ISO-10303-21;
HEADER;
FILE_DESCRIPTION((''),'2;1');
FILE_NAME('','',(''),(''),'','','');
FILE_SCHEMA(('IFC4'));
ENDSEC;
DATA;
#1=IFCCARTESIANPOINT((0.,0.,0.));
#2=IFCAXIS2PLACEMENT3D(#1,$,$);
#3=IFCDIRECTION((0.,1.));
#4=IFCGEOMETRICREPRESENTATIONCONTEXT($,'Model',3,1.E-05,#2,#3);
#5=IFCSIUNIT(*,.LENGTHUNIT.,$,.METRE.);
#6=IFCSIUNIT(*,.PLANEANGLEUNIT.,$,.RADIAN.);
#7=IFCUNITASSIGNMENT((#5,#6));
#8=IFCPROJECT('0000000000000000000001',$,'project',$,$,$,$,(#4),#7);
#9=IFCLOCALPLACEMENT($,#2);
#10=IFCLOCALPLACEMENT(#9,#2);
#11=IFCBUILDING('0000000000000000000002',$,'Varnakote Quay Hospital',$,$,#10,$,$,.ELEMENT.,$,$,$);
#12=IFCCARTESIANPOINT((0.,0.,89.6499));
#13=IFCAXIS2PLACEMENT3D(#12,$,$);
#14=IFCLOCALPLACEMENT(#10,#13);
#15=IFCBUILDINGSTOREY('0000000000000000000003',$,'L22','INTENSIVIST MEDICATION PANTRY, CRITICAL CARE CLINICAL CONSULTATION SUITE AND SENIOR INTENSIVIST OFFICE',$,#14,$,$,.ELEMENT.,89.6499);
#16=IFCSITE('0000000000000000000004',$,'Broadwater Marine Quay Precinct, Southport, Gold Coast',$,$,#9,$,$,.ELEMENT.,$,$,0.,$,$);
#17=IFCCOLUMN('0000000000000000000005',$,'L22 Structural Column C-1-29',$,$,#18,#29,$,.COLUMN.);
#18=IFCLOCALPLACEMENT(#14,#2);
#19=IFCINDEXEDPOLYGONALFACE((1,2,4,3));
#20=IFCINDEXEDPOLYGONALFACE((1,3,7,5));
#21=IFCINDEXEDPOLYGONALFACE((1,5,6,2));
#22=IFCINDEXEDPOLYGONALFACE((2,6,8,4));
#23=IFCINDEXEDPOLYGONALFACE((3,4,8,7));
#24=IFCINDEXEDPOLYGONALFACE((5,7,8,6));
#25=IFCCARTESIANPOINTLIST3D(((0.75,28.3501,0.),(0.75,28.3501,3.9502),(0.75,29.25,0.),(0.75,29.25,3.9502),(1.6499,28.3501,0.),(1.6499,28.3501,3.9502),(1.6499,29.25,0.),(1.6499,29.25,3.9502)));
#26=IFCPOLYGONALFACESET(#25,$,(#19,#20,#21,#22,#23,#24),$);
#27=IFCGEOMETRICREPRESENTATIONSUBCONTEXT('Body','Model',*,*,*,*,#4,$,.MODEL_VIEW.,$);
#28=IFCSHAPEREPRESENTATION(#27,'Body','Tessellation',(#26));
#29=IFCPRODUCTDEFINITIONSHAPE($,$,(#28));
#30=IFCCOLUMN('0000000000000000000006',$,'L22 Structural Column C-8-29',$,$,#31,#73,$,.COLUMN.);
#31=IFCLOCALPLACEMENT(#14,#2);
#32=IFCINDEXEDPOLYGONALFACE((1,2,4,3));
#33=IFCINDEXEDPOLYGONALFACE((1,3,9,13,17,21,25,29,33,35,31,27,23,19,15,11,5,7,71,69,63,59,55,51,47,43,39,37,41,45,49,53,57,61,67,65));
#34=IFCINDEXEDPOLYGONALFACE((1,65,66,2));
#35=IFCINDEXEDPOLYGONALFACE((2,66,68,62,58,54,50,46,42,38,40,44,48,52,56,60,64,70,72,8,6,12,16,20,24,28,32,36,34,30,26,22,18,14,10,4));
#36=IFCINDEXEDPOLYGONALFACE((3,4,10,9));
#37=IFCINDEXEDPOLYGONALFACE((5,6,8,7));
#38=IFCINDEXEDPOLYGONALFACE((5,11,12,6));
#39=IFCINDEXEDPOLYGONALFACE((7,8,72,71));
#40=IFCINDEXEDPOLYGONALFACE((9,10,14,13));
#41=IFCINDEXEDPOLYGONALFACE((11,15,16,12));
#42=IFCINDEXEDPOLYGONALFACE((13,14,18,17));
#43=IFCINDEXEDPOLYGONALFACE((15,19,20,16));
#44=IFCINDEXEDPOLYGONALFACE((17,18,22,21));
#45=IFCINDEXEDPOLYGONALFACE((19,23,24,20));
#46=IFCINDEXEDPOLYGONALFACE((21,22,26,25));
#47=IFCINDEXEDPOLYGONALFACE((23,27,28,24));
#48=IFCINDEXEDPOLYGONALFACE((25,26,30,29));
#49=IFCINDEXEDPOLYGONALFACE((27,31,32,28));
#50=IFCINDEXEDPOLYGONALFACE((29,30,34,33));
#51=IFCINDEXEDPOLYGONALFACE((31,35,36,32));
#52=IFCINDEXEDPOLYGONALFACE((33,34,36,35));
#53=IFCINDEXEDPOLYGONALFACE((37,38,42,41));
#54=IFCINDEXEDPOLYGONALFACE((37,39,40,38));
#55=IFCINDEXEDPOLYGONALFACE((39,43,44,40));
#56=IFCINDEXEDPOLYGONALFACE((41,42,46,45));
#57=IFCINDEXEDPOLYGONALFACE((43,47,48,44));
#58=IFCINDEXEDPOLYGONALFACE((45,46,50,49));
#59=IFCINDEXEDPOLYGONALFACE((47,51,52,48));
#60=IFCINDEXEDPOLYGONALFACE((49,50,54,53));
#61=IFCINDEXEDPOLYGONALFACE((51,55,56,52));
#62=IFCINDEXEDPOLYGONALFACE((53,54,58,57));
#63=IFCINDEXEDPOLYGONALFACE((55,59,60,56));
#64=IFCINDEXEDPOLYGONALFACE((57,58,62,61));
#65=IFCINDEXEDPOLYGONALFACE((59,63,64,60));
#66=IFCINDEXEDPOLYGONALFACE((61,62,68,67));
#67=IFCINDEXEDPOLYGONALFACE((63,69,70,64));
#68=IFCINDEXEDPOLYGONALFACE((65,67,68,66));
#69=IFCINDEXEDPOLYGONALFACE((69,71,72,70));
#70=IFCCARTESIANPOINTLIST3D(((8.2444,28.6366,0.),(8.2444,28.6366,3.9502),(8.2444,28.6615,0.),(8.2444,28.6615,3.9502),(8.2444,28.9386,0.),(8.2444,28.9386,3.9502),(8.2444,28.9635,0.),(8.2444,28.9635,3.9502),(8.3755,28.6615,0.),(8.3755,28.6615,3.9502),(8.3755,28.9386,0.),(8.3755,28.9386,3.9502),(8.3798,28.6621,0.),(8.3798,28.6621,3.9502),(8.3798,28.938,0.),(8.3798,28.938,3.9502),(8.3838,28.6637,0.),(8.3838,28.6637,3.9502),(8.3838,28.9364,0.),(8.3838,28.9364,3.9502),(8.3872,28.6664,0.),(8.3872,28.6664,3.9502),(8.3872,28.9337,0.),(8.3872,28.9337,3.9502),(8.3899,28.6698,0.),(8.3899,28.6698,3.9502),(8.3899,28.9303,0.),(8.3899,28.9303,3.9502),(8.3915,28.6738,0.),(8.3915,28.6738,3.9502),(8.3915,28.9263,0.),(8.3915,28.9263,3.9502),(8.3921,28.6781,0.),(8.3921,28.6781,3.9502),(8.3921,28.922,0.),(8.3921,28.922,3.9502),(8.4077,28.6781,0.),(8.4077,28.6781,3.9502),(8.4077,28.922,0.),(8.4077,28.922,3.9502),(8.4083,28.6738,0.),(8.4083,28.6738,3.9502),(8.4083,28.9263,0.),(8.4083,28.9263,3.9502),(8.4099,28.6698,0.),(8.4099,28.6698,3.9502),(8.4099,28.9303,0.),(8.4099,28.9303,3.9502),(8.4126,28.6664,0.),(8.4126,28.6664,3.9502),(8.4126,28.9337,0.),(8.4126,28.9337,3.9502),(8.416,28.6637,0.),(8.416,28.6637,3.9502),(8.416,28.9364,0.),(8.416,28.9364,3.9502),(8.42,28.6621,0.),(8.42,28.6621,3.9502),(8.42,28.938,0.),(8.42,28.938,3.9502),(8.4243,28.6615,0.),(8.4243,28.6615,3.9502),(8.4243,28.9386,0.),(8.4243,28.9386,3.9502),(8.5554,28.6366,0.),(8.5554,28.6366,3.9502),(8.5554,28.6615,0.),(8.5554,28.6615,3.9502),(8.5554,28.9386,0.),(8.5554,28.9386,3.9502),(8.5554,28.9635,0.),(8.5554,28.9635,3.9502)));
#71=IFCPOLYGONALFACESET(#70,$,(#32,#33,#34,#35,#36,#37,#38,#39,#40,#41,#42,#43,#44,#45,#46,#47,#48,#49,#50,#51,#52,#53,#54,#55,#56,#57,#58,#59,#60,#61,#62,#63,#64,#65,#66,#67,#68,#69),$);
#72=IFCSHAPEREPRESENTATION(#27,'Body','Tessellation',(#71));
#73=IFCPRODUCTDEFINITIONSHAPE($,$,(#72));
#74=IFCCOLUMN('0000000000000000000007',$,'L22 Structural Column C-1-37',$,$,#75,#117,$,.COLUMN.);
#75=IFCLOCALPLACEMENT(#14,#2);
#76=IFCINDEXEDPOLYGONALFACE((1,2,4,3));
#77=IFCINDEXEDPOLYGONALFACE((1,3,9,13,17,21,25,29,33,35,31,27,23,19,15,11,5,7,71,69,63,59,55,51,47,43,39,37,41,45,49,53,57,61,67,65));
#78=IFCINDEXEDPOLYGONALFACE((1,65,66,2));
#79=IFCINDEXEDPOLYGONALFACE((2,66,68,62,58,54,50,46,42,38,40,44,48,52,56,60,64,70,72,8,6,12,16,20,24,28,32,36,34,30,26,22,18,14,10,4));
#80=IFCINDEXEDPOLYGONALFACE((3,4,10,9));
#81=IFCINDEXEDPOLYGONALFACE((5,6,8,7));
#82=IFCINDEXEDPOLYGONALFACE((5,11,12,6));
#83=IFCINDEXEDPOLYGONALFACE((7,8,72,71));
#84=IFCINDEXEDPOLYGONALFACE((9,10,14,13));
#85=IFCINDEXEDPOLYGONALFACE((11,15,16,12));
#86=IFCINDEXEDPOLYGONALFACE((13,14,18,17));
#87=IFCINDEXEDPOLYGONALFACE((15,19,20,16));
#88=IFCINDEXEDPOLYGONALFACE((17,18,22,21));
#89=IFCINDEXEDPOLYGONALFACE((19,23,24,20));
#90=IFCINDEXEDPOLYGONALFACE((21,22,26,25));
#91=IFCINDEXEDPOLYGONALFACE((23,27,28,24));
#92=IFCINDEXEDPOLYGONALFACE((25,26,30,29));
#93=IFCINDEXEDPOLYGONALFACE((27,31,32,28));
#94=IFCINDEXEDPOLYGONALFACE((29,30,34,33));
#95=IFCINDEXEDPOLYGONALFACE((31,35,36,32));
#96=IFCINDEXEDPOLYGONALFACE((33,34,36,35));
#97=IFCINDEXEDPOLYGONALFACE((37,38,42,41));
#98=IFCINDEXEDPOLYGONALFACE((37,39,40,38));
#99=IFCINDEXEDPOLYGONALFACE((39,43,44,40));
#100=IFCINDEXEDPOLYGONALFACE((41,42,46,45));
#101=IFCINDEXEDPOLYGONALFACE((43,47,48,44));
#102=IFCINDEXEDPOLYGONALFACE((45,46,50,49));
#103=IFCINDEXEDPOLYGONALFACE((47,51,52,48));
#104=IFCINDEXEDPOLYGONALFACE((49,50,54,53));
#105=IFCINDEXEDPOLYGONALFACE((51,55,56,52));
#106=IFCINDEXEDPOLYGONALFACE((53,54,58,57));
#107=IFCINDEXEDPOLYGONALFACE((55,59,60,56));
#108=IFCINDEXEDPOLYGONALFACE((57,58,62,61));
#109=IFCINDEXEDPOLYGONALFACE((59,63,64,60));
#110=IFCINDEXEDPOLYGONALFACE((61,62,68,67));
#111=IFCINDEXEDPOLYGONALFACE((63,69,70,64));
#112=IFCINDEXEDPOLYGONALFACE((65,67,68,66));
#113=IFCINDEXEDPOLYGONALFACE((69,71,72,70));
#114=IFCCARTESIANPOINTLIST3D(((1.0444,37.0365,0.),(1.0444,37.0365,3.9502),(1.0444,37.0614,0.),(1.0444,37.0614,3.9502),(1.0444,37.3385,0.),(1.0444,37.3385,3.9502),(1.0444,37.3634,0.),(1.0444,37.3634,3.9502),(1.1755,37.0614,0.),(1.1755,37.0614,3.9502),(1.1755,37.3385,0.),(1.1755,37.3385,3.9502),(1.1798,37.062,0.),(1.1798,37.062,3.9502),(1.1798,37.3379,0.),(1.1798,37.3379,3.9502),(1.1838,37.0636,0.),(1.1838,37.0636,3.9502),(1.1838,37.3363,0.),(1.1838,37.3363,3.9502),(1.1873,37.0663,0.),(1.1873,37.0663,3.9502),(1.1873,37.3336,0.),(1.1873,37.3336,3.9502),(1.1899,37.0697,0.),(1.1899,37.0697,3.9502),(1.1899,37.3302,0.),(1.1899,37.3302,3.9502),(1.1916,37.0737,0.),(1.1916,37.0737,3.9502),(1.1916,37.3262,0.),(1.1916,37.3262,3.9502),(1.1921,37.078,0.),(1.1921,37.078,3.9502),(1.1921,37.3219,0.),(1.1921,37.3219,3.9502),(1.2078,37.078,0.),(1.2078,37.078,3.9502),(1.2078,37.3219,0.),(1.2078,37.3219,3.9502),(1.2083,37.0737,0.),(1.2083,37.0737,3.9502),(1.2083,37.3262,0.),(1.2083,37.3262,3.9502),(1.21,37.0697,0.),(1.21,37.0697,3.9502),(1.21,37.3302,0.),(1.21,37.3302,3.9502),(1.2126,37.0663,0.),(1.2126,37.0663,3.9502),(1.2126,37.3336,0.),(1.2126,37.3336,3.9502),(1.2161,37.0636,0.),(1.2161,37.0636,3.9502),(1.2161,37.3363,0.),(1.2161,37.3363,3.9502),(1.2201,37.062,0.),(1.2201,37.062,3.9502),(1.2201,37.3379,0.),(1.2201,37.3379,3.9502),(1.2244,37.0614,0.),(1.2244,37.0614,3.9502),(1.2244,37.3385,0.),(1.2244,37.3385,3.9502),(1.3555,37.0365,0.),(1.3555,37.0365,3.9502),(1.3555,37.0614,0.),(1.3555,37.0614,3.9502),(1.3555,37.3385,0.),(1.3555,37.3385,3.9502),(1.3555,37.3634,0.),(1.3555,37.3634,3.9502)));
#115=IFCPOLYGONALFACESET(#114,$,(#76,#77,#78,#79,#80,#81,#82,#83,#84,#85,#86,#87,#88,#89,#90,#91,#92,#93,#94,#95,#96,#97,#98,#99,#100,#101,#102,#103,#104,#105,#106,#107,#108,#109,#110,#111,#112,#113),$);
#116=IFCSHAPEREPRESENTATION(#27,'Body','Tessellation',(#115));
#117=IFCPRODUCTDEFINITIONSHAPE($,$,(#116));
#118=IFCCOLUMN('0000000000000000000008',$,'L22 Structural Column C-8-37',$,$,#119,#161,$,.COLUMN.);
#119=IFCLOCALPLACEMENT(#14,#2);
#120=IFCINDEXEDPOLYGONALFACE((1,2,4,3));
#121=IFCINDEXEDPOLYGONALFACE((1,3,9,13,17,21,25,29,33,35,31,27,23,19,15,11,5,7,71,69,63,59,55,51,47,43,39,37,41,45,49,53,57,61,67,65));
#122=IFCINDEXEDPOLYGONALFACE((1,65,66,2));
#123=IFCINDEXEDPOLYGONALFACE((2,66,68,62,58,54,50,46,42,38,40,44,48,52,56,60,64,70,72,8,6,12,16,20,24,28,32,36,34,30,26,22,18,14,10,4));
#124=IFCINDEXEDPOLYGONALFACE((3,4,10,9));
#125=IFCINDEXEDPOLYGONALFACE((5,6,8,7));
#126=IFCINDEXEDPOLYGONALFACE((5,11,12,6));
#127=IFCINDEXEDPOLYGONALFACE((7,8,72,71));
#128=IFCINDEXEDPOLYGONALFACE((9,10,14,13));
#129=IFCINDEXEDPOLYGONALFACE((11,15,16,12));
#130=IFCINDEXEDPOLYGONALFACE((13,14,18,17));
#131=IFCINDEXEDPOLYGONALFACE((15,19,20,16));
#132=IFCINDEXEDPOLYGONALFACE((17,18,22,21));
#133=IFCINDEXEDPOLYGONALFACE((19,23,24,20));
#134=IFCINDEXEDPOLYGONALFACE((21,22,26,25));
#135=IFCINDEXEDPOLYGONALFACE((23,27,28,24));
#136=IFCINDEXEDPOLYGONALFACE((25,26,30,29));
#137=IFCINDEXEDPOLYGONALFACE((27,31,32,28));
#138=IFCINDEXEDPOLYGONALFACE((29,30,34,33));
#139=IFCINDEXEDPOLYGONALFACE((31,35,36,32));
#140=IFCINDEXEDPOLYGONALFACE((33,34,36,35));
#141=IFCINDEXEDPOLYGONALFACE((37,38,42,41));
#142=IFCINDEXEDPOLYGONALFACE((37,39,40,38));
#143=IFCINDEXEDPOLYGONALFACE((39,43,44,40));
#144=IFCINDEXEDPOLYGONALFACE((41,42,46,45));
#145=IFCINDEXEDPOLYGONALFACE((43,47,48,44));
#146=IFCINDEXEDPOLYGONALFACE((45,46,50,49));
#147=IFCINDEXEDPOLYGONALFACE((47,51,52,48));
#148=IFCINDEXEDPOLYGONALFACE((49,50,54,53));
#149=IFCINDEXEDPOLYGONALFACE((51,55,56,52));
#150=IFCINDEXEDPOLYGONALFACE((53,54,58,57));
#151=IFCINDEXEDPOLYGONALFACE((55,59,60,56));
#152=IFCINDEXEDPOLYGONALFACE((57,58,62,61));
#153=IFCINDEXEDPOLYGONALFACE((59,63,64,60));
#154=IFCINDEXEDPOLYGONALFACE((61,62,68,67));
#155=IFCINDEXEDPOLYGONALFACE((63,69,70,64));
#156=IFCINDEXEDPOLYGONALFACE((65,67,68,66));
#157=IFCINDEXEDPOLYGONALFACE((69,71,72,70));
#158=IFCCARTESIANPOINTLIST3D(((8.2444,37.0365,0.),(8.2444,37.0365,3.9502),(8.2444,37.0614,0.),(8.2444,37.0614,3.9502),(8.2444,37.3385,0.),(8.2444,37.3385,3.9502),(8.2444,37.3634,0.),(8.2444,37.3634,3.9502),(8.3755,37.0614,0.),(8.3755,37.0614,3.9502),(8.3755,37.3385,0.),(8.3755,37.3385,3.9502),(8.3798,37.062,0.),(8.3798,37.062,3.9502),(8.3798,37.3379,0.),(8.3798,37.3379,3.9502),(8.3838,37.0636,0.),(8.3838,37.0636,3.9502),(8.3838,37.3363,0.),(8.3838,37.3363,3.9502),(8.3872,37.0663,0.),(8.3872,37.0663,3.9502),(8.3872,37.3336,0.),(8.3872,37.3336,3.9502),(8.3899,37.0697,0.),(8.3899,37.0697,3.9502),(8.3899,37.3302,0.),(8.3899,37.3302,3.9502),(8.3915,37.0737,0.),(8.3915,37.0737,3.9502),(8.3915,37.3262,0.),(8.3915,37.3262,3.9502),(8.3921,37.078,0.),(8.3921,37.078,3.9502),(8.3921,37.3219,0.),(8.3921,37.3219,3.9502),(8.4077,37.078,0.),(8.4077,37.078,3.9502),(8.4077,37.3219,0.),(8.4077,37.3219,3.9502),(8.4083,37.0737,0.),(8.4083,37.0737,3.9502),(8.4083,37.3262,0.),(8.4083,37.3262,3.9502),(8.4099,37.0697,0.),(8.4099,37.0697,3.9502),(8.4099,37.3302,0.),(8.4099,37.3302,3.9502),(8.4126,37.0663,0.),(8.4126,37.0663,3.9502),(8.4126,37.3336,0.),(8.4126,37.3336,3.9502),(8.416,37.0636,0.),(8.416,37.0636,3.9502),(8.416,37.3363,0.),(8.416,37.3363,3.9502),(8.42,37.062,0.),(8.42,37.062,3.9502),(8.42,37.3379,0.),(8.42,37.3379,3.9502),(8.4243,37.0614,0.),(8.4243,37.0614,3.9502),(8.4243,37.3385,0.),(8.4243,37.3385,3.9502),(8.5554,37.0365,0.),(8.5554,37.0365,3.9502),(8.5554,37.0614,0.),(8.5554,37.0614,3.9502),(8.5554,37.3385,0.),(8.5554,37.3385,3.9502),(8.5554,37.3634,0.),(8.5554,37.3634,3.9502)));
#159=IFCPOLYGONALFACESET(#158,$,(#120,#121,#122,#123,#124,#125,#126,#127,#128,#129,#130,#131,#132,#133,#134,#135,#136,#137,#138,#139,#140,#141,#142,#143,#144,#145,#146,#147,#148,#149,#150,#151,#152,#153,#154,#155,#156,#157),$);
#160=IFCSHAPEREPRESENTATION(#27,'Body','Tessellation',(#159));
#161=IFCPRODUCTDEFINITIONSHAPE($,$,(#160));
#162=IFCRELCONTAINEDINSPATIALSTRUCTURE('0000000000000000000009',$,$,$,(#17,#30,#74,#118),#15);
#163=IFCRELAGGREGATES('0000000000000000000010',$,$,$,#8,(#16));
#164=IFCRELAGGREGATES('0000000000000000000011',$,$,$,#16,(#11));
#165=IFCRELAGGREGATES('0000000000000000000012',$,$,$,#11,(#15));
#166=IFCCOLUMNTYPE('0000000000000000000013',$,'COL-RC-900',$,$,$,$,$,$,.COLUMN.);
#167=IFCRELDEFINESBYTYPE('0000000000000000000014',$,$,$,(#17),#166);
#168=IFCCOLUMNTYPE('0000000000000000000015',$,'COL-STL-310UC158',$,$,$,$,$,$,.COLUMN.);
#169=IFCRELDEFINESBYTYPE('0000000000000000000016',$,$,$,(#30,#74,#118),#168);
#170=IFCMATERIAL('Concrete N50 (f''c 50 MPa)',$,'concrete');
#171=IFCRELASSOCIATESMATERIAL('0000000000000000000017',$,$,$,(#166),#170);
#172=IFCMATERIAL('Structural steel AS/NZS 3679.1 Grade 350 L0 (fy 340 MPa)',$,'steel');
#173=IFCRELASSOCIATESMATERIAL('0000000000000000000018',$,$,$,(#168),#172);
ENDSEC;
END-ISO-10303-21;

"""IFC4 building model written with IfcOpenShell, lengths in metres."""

from ifc_helpers import new_model, si_unit, direction, frame, origin, origin_2d, place, context, subcontext, project, spatial, rectangle, i_section, extrude, material, material_profile, profile_set, type_object, element, save


model = new_model("IFC4")

# Units and contexts
model_context = context("Model", 3, precision=1e-05, world=origin(), true_north=direction((0.0, 1.0)))
body_context = subcontext(model_context, "Body", "Model", "MODEL_VIEW")
ifc_project = project(units=[si_unit("LENGTHUNIT", "METRE"), si_unit("PLANEANGLEUNIT", "RADIAN")], contexts=[model_context])

# Site, building, storey
site_placement = place(None, origin())
site = spatial("IfcSite", under=ifc_project, at=site_placement, Name="Broadwater Marine Quay Precinct, Southport, Gold Coast", CompositionType="ELEMENT", RefElevation=0.0)
building_placement = place(site_placement, origin())
building = spatial("IfcBuilding", under=site, at=building_placement, Name="Varnakote Quay Hospital", CompositionType="ELEMENT")
storey_placement = place(building_placement, frame((0.0, 0.0, 89.6499)))
storey = spatial("IfcBuildingStorey", under=building, at=storey_placement, Name="L22", Description="INTENSIVIST MEDICATION PANTRY, CRITICAL CARE CLINICAL CONSULTATION SUITE AND SENIOR INTENSIVIST OFFICE", CompositionType="ELEMENT", Elevation=89.6499)

# Columns
ifc_material_1 = material(Name="Concrete N50 (f'c 50 MPa)", Category="concrete")
ifc_material_profile_1 = material_profile(ifc_material_1, rectangle(XDim=0.8999, YDim=0.8999, at=origin_2d()), Name="RC-COL-900x900")
ifc_profile_set_1 = profile_set([ifc_material_profile_1], Name="Concrete N50 (f'c 50 MPa)")
column_type_1 = type_object("IfcColumnType", Name="COL-RC-900", PredefinedType="COLUMN", material=ifc_profile_set_1)
column_placement = place(storey_placement, frame((1.2, 28.8, 0.0), z_axis=(0.0, 0.0, 1.0), x_axis=(1.0, 0.0, 0.0)))
element("IfcColumn", 1, at=column_placement, inside=storey, type_object=column_type_1, Name="L22 Structural Column C-1-29", PredefinedType="COLUMN", context=body_context, shape_type="SweptSolid", body=[
    extrude(rectangle(XDim=0.8999, YDim=0.8999, at=origin_2d()), origin(), (0.0, 0.0, 1.0), 3.9502),
])
ifc_material_2 = material(Name="Structural steel AS/NZS 3679.1 Grade 350 L0 (fy 340 MPa)", Category="steel")
ifc_material_profile_2 = material_profile(ifc_material_2, i_section(OverallWidth=0.311, OverallDepth=0.3269, WebThickness=0.0156, FlangeThickness=0.0249, FilletRadius=0.0166, at=origin_2d()), Name="310UC158")
ifc_profile_set_2 = profile_set([ifc_material_profile_2], Name="Structural steel AS/NZS 3679.1 Grade 350 L0 (fy 340 MPa)")
column_type_2 = type_object("IfcColumnType", Name="COL-STL-310UC158", PredefinedType="COLUMN", material=ifc_profile_set_2)
for number, where, z_axis, x_axis, name in (
    (2, (8.3999, 28.8, 0.0), (0.0, 0.0, 1.0), (1.0, 0.0, 0.0), "L22 Structural Column C-8-29"),
    (3, (1.2, 37.2, 0.0), (0.0, 0.0, 1.0), (1.0, 0.0, 0.0), "L22 Structural Column C-1-37"),
    (4, (8.3999, 37.2, 0.0), (0.0, 0.0, 1.0), (1.0, 0.0, 0.0), "L22 Structural Column C-8-37"),
):
    element("IfcColumn", number, at=place(storey_placement, frame(where, z_axis=z_axis, x_axis=x_axis)), inside=storey, type_object=column_type_2, Name=name, PredefinedType="COLUMN", context=body_context, shape_type="SweptSolid", body=[
        extrude(i_section(OverallWidth=0.311, OverallDepth=0.3269, WebThickness=0.0156, FlangeThickness=0.0249, FilletRadius=0.0166, at=origin_2d()), origin(), (0.0, 0.0, 1.0), 3.9502),
    ])

save(model, "model.ifc")
